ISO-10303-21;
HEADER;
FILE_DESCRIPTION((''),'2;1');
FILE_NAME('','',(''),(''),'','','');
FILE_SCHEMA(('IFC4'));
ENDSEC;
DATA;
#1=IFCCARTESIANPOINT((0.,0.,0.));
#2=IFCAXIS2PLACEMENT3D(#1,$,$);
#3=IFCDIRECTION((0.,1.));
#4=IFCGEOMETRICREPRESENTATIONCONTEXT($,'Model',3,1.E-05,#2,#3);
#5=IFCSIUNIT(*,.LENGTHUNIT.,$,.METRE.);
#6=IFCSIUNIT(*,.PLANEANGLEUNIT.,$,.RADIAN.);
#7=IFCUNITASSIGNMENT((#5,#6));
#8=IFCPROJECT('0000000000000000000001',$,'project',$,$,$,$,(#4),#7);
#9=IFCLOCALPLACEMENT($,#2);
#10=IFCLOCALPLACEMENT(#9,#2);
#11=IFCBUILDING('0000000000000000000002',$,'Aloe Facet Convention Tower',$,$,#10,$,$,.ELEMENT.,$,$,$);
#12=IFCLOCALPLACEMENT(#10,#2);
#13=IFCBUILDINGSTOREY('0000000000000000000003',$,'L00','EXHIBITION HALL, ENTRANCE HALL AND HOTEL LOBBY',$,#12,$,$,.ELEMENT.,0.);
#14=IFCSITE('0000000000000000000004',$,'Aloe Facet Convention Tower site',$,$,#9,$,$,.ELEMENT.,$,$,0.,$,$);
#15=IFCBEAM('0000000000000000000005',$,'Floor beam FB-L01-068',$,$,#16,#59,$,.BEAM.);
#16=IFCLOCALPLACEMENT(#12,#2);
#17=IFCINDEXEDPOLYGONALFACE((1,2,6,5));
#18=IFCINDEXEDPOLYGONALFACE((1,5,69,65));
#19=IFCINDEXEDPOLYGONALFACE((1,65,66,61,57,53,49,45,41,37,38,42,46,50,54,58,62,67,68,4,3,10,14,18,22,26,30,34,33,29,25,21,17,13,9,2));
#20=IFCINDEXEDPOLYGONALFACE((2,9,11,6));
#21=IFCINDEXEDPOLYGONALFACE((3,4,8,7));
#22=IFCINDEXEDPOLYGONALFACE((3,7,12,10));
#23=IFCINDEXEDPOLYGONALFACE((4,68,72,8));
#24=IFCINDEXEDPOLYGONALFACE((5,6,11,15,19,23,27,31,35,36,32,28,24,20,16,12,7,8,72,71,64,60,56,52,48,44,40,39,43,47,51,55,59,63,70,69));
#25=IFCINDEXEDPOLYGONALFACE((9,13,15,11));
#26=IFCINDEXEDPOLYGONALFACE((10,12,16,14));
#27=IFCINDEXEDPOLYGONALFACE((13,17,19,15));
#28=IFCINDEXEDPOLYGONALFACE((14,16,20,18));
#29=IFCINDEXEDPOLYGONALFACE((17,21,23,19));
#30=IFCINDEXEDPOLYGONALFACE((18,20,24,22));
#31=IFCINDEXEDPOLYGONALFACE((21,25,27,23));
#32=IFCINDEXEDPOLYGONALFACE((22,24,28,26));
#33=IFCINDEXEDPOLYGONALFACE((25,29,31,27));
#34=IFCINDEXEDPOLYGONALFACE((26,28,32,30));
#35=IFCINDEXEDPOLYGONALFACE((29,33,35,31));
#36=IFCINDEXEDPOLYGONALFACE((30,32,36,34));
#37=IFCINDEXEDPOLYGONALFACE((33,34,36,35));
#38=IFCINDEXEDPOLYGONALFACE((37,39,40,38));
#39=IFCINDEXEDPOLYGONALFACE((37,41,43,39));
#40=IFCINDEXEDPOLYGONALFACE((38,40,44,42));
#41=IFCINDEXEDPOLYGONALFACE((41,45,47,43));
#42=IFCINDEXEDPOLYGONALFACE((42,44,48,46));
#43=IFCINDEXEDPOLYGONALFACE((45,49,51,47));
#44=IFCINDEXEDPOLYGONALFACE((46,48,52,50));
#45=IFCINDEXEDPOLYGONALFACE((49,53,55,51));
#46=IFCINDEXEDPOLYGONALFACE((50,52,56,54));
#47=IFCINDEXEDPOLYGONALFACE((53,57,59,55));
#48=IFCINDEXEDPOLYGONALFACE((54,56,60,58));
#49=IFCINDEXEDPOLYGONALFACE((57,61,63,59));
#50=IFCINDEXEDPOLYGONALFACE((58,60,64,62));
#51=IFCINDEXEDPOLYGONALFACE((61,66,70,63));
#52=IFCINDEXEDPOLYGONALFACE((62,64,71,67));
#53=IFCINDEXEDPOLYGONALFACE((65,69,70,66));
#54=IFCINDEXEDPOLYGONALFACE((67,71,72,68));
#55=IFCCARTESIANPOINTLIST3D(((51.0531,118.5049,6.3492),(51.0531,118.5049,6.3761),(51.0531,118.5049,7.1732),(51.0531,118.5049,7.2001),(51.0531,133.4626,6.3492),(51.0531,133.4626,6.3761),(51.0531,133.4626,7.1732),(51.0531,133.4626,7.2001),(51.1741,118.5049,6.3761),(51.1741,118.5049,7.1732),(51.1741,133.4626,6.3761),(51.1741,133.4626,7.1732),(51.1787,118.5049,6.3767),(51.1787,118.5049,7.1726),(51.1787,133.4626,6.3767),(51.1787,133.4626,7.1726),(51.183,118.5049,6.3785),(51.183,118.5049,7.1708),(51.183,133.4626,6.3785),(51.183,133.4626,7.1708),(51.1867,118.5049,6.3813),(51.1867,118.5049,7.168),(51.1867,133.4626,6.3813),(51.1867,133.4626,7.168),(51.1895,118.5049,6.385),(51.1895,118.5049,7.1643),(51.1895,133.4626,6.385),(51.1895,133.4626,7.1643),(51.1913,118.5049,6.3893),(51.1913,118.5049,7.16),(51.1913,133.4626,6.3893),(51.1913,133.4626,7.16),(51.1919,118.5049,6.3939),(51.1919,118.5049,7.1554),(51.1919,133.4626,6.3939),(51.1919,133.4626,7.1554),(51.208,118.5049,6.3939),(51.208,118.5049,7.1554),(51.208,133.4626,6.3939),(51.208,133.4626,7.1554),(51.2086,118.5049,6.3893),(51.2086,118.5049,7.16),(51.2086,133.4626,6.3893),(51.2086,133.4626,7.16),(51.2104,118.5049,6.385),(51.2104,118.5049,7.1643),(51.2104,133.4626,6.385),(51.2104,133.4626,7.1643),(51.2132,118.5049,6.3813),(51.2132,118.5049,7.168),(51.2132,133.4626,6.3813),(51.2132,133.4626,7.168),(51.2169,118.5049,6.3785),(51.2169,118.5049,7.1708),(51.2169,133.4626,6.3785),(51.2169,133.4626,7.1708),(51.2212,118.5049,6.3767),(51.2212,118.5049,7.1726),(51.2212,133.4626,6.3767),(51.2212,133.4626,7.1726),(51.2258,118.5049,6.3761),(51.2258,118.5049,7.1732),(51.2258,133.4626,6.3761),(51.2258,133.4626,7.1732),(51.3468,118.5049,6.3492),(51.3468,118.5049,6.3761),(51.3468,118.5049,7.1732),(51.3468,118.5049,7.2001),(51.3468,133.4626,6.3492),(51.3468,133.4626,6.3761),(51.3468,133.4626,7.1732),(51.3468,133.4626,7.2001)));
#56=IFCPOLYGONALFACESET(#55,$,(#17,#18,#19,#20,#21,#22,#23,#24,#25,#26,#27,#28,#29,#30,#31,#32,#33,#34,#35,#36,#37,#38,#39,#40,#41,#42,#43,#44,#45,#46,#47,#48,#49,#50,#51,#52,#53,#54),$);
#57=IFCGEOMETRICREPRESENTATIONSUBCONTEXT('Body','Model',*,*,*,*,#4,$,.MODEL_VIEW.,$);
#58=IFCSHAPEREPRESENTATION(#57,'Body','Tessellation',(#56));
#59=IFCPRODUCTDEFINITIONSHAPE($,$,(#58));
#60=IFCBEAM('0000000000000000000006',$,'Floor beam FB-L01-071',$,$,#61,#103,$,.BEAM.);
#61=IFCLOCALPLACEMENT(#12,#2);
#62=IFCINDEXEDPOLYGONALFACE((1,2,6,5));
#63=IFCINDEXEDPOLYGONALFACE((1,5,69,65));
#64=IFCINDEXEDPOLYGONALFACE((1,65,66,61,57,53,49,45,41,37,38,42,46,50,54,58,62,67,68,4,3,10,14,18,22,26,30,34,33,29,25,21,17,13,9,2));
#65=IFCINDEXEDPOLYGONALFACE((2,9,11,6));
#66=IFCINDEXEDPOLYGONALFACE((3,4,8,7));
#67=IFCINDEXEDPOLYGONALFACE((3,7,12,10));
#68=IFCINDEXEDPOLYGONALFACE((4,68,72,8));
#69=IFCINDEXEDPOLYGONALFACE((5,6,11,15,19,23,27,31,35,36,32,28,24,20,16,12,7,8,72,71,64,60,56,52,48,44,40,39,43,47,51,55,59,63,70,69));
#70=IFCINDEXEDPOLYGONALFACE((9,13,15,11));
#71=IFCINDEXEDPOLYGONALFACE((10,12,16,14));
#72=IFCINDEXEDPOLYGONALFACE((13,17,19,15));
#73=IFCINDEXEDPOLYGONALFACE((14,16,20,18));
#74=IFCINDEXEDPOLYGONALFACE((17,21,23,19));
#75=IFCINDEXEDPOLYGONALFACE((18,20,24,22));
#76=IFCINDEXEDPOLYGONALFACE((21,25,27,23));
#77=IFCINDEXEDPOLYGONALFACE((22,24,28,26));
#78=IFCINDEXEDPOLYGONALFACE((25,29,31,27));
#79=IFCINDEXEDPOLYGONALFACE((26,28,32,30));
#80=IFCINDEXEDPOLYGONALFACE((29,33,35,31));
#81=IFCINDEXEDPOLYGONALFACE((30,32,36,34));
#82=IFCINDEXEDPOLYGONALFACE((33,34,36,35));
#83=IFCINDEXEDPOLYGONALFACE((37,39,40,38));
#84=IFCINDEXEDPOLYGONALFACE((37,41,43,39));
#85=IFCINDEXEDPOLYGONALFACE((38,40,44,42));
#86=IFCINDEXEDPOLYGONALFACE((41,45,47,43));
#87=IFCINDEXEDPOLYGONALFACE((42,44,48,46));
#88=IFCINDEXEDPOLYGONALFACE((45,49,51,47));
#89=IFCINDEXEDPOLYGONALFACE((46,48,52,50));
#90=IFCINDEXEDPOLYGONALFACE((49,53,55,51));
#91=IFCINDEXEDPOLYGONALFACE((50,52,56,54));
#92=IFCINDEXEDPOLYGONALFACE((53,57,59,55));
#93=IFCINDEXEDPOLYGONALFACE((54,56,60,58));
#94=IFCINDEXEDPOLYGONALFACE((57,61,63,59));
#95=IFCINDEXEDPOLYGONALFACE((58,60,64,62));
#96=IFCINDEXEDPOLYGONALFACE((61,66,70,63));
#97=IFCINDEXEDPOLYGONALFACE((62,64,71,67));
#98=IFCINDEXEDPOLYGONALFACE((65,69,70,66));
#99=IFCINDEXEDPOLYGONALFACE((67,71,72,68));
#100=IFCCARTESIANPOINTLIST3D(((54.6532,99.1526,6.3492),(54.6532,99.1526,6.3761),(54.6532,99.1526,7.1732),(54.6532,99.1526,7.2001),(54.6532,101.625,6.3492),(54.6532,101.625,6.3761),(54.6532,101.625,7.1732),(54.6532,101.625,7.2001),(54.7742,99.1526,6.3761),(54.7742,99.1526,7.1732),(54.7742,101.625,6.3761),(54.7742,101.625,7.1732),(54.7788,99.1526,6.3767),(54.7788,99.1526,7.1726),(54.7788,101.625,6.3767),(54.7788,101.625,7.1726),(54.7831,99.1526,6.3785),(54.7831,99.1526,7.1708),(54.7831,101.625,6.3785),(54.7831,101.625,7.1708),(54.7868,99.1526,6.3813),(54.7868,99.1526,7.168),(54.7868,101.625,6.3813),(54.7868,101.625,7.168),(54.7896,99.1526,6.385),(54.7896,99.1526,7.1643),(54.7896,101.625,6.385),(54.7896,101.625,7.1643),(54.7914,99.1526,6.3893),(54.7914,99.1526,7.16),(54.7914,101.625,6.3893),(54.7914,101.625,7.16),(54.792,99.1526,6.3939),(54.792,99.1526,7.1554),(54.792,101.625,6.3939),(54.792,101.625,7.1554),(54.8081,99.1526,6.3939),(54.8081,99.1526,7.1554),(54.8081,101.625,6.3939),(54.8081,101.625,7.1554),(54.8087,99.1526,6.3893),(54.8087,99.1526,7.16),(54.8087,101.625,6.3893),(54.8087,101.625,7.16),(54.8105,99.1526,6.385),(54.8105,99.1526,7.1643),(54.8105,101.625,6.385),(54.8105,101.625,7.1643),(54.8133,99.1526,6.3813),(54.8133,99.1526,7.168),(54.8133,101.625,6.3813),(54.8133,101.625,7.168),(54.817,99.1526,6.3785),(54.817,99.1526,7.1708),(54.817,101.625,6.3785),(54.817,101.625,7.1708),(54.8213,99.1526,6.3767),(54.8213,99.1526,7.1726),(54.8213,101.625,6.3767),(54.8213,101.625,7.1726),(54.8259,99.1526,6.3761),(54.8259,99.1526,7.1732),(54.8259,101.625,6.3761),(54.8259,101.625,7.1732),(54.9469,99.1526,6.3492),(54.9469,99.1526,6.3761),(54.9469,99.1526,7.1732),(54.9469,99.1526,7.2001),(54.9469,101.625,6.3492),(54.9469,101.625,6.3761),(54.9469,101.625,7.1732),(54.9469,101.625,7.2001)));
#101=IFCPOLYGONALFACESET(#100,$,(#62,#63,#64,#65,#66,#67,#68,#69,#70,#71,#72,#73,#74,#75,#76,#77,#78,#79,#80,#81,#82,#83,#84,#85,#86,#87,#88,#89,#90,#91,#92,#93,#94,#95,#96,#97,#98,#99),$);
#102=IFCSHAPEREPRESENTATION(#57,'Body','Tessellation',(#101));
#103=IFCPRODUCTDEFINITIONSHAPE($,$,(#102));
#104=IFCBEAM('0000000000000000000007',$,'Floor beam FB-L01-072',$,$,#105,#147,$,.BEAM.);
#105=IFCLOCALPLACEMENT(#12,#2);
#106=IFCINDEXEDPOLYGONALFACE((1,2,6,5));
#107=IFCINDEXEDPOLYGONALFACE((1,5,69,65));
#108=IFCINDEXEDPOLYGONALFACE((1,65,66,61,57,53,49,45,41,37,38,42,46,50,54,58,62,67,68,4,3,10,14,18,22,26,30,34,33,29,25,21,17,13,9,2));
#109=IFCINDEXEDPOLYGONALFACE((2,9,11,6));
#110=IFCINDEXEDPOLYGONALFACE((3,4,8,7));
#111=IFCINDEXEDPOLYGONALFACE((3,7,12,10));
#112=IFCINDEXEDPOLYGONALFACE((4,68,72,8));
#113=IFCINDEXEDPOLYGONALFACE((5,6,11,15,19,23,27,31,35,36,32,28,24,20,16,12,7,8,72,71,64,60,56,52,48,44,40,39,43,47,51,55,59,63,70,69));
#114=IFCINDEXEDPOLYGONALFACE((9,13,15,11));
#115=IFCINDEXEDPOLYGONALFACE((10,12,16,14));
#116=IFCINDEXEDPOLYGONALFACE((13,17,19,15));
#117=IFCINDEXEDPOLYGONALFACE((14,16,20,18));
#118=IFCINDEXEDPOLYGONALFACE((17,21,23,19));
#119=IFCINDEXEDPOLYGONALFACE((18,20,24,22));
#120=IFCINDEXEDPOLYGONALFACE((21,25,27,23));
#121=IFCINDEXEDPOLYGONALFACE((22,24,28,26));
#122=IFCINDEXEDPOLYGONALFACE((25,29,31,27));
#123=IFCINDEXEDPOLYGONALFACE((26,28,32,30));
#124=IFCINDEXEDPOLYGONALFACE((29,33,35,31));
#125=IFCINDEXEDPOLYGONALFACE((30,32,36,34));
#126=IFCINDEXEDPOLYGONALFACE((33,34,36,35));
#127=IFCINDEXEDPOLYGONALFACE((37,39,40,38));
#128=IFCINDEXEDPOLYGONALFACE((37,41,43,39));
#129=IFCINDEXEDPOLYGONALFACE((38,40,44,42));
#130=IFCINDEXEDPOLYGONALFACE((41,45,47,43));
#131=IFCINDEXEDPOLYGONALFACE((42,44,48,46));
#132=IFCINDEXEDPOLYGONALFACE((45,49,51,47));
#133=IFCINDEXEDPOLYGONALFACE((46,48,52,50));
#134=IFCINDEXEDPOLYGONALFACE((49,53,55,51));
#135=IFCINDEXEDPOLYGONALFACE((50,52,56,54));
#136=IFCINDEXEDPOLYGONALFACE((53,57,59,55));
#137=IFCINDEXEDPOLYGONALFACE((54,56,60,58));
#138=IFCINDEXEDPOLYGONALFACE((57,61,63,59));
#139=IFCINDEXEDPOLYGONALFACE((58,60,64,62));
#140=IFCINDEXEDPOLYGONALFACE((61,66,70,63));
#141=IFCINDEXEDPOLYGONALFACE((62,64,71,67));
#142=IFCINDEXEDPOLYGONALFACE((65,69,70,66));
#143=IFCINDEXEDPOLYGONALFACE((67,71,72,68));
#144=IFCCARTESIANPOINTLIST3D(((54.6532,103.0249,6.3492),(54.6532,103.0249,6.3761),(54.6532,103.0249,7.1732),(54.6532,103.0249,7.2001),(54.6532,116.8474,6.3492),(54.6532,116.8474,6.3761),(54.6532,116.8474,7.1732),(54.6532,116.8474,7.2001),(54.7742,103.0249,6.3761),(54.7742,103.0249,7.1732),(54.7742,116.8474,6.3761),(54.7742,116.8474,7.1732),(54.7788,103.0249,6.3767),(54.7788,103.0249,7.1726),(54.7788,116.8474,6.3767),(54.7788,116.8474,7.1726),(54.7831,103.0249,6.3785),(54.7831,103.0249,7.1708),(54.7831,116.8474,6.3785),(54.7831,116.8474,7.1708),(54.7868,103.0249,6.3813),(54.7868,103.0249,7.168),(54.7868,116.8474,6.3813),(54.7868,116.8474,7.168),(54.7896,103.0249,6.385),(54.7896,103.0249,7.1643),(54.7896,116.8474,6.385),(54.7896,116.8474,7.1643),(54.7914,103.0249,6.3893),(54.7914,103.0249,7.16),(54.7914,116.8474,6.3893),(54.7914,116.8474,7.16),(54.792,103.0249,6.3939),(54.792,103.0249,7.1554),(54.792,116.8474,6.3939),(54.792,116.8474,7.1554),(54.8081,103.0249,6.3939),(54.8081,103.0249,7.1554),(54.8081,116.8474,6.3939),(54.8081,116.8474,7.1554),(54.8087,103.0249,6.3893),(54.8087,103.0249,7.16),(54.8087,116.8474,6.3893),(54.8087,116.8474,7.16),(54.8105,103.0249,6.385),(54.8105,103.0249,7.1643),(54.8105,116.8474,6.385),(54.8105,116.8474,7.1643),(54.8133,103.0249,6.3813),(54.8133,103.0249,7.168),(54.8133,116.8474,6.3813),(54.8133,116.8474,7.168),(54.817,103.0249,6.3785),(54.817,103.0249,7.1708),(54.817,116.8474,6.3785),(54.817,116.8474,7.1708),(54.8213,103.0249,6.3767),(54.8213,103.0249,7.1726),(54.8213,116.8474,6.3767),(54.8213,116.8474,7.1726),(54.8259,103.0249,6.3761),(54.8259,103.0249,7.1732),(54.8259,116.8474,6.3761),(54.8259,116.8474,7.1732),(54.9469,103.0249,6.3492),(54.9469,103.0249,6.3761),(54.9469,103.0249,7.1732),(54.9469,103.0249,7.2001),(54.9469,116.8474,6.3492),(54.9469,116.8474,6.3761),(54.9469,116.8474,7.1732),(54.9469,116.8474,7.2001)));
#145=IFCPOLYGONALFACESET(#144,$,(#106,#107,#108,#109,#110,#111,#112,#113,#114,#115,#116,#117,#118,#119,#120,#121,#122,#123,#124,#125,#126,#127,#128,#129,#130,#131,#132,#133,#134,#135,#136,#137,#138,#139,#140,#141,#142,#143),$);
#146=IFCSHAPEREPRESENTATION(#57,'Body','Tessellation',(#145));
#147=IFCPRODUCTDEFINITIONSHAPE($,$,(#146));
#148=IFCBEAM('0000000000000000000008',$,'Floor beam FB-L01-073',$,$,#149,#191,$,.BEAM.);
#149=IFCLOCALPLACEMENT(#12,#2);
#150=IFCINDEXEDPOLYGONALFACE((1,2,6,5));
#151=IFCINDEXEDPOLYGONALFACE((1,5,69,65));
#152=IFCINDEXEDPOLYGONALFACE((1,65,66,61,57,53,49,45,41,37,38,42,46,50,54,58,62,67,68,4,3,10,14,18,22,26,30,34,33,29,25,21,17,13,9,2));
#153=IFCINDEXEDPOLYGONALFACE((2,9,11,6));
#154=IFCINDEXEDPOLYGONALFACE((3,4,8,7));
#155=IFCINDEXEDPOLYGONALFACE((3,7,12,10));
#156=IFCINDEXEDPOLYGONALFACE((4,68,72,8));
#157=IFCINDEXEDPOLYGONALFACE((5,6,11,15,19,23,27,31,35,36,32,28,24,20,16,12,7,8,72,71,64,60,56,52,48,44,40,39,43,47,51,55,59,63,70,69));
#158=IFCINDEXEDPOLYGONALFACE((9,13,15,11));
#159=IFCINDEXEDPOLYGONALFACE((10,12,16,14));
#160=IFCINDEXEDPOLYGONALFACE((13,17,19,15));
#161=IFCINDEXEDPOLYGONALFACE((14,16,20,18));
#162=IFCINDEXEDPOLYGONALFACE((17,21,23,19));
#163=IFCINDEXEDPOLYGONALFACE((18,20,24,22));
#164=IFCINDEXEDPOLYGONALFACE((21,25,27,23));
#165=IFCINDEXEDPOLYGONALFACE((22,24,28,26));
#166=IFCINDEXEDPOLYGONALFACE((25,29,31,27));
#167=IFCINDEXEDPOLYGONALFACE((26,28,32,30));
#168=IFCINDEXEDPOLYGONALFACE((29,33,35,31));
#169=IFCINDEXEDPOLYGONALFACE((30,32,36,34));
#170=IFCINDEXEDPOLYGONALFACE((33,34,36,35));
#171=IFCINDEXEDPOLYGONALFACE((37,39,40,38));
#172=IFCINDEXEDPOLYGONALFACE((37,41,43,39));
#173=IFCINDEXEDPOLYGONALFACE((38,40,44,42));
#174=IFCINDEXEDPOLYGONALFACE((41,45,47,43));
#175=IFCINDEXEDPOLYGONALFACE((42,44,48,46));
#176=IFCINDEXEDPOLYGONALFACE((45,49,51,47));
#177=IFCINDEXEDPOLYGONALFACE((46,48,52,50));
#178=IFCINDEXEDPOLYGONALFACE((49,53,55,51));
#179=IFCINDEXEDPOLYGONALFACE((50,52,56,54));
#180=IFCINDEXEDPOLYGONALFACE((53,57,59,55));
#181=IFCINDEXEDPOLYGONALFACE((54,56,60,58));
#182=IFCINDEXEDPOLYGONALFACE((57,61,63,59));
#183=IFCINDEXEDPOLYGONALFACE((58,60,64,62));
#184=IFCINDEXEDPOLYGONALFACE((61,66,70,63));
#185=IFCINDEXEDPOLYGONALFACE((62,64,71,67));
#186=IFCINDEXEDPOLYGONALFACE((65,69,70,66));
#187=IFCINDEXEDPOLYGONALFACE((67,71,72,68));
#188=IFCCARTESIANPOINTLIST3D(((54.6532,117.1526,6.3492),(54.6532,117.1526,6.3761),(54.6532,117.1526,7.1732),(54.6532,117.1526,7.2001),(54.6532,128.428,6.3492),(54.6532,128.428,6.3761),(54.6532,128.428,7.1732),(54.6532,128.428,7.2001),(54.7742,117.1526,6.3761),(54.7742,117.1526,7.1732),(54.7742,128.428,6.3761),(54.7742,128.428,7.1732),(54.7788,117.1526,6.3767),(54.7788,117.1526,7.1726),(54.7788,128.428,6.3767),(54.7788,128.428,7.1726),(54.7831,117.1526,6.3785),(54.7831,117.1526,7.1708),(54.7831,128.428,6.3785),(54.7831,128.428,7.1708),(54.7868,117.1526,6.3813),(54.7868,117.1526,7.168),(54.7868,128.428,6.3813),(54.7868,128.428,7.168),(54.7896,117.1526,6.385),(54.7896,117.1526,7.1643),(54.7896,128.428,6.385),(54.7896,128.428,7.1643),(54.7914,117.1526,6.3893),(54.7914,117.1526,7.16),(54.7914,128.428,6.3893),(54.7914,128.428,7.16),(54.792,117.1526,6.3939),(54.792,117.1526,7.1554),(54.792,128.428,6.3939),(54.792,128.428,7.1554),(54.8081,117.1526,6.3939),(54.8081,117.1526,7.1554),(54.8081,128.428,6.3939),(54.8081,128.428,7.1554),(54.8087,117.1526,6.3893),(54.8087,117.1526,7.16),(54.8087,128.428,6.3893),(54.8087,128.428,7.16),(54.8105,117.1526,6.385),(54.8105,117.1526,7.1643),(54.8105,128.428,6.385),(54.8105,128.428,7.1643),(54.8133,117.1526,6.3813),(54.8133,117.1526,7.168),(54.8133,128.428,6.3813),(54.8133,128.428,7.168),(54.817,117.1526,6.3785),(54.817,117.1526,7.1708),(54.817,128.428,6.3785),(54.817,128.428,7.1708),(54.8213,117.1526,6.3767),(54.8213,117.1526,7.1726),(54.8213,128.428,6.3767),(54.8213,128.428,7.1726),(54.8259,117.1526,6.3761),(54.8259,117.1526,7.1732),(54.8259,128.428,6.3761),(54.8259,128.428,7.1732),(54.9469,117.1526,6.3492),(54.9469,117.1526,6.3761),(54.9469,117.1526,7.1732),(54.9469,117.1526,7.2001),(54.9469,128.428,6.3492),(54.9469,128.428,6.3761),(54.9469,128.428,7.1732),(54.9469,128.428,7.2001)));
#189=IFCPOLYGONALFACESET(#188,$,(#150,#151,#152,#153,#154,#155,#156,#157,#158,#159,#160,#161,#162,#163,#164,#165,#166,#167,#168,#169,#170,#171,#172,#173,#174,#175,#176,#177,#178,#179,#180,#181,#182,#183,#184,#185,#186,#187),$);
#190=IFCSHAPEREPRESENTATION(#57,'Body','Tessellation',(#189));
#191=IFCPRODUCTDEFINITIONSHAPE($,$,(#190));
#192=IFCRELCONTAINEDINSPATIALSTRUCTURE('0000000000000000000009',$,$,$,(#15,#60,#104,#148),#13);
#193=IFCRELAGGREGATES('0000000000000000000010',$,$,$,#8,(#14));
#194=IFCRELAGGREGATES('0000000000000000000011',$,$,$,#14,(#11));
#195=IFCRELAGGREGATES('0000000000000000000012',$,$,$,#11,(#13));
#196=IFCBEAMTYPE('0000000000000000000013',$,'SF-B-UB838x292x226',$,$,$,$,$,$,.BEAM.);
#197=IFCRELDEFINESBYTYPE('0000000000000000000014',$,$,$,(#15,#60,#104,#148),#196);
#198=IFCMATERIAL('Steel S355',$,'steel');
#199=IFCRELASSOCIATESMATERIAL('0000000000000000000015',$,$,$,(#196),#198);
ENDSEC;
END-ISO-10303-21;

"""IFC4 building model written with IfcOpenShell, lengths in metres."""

from ifc_helpers import new_model, si_unit, direction, frame, origin, origin_2d, place, context, subcontext, project, spatial, i_section, extrude, material, material_profile, profile_set, type_object, element, save


model = new_model("IFC4")

# Units and contexts
model_context = context("Model", 3, precision=1e-05, world=origin(), true_north=direction((0.0, 1.0)))
body_context = subcontext(model_context, "Body", "Model", "MODEL_VIEW")
ifc_project = project(units=[si_unit("LENGTHUNIT", "METRE"), si_unit("PLANEANGLEUNIT", "RADIAN")], contexts=[model_context])

# Site, building, storey
site_placement = place(None, origin())
site = spatial("IfcSite", under=ifc_project, at=site_placement, Name="Aloe Facet Convention Tower site", CompositionType="ELEMENT", RefElevation=0.0)
building_placement = place(site_placement, origin())
building = spatial("IfcBuilding", under=site, at=building_placement, Name="Aloe Facet Convention Tower", CompositionType="ELEMENT")
storey_placement = place(building_placement, origin())
storey = spatial("IfcBuildingStorey", under=building, at=storey_placement, Name="L00", Description="EXHIBITION HALL, ENTRANCE HALL AND HOTEL LOBBY", CompositionType="ELEMENT", Elevation=0.0)

# Beams
ifc_material_1 = material(Name="Steel S355", Category="steel")
ifc_material_profile_1 = material_profile(ifc_material_1, i_section(OverallWidth=0.2937, OverallDepth=0.8508, WebThickness=0.0161, FlangeThickness=0.0269, FilletRadius=0.0178, at=origin_2d()), Name="UB 838x292x226")
ifc_profile_set_1 = profile_set([ifc_material_profile_1], Name="Steel S355")
beam_type_1 = type_object("IfcBeamType", Name="SF-B-UB838x292x226", PredefinedType="BEAM", material=ifc_profile_set_1)
beam_1_placement = place(storey_placement, frame((51.2, 118.5049, 6.7747), z_axis=(0.0, 1.0, 0.0), x_axis=(-1.0, 0.0, 0.0)))
element("IfcBeam", 1, at=beam_1_placement, inside=storey, type_object=beam_type_1, Name="Floor beam FB-L01-068", PredefinedType="BEAM", context=body_context, shape_type="SweptSolid", body=[
    extrude(i_section(OverallWidth=0.2937, OverallDepth=0.8508, WebThickness=0.0161, FlangeThickness=0.0269, FilletRadius=0.0178, at=origin_2d()), origin(), (0.0, 0.0, 1.0), 14.9578),
])
beam_2_placement = place(storey_placement, frame((54.8, 99.1526, 6.7747), z_axis=(0.0, 1.0, 0.0), x_axis=(-1.0, 0.0, 0.0)))
element("IfcBeam", 2, at=beam_2_placement, inside=storey, type_object=beam_type_1, Name="Floor beam FB-L01-071", PredefinedType="BEAM", context=body_context, shape_type="SweptSolid", body=[
    extrude(i_section(OverallWidth=0.2937, OverallDepth=0.8508, WebThickness=0.0161, FlangeThickness=0.0269, FilletRadius=0.0178, at=origin_2d()), origin(), (0.0, 0.0, 1.0), 2.4724),
])
beam_3_placement = place(storey_placement, frame((54.8, 103.0249, 6.7747), z_axis=(0.0, 1.0, 0.0), x_axis=(-1.0, 0.0, 0.0)))
element("IfcBeam", 3, at=beam_3_placement, inside=storey, type_object=beam_type_1, Name="Floor beam FB-L01-072", PredefinedType="BEAM", context=body_context, shape_type="SweptSolid", body=[
    extrude(i_section(OverallWidth=0.2937, OverallDepth=0.8508, WebThickness=0.0161, FlangeThickness=0.0269, FilletRadius=0.0178, at=origin_2d()), origin(), (0.0, 0.0, 1.0), 13.8225),
])
beam_4_placement = place(storey_placement, frame((54.8, 117.1526, 6.7747), z_axis=(0.0, 1.0, 0.0), x_axis=(-1.0, 0.0, 0.0)))
element("IfcBeam", 4, at=beam_4_placement, inside=storey, type_object=beam_type_1, Name="Floor beam FB-L01-073", PredefinedType="BEAM", context=body_context, shape_type="SweptSolid", body=[
    extrude(i_section(OverallWidth=0.2937, OverallDepth=0.8508, WebThickness=0.0161, FlangeThickness=0.0269, FilletRadius=0.0178, at=origin_2d()), origin(), (0.0, 0.0, 1.0), 11.2754),
])

save(model, "model.ifc")
